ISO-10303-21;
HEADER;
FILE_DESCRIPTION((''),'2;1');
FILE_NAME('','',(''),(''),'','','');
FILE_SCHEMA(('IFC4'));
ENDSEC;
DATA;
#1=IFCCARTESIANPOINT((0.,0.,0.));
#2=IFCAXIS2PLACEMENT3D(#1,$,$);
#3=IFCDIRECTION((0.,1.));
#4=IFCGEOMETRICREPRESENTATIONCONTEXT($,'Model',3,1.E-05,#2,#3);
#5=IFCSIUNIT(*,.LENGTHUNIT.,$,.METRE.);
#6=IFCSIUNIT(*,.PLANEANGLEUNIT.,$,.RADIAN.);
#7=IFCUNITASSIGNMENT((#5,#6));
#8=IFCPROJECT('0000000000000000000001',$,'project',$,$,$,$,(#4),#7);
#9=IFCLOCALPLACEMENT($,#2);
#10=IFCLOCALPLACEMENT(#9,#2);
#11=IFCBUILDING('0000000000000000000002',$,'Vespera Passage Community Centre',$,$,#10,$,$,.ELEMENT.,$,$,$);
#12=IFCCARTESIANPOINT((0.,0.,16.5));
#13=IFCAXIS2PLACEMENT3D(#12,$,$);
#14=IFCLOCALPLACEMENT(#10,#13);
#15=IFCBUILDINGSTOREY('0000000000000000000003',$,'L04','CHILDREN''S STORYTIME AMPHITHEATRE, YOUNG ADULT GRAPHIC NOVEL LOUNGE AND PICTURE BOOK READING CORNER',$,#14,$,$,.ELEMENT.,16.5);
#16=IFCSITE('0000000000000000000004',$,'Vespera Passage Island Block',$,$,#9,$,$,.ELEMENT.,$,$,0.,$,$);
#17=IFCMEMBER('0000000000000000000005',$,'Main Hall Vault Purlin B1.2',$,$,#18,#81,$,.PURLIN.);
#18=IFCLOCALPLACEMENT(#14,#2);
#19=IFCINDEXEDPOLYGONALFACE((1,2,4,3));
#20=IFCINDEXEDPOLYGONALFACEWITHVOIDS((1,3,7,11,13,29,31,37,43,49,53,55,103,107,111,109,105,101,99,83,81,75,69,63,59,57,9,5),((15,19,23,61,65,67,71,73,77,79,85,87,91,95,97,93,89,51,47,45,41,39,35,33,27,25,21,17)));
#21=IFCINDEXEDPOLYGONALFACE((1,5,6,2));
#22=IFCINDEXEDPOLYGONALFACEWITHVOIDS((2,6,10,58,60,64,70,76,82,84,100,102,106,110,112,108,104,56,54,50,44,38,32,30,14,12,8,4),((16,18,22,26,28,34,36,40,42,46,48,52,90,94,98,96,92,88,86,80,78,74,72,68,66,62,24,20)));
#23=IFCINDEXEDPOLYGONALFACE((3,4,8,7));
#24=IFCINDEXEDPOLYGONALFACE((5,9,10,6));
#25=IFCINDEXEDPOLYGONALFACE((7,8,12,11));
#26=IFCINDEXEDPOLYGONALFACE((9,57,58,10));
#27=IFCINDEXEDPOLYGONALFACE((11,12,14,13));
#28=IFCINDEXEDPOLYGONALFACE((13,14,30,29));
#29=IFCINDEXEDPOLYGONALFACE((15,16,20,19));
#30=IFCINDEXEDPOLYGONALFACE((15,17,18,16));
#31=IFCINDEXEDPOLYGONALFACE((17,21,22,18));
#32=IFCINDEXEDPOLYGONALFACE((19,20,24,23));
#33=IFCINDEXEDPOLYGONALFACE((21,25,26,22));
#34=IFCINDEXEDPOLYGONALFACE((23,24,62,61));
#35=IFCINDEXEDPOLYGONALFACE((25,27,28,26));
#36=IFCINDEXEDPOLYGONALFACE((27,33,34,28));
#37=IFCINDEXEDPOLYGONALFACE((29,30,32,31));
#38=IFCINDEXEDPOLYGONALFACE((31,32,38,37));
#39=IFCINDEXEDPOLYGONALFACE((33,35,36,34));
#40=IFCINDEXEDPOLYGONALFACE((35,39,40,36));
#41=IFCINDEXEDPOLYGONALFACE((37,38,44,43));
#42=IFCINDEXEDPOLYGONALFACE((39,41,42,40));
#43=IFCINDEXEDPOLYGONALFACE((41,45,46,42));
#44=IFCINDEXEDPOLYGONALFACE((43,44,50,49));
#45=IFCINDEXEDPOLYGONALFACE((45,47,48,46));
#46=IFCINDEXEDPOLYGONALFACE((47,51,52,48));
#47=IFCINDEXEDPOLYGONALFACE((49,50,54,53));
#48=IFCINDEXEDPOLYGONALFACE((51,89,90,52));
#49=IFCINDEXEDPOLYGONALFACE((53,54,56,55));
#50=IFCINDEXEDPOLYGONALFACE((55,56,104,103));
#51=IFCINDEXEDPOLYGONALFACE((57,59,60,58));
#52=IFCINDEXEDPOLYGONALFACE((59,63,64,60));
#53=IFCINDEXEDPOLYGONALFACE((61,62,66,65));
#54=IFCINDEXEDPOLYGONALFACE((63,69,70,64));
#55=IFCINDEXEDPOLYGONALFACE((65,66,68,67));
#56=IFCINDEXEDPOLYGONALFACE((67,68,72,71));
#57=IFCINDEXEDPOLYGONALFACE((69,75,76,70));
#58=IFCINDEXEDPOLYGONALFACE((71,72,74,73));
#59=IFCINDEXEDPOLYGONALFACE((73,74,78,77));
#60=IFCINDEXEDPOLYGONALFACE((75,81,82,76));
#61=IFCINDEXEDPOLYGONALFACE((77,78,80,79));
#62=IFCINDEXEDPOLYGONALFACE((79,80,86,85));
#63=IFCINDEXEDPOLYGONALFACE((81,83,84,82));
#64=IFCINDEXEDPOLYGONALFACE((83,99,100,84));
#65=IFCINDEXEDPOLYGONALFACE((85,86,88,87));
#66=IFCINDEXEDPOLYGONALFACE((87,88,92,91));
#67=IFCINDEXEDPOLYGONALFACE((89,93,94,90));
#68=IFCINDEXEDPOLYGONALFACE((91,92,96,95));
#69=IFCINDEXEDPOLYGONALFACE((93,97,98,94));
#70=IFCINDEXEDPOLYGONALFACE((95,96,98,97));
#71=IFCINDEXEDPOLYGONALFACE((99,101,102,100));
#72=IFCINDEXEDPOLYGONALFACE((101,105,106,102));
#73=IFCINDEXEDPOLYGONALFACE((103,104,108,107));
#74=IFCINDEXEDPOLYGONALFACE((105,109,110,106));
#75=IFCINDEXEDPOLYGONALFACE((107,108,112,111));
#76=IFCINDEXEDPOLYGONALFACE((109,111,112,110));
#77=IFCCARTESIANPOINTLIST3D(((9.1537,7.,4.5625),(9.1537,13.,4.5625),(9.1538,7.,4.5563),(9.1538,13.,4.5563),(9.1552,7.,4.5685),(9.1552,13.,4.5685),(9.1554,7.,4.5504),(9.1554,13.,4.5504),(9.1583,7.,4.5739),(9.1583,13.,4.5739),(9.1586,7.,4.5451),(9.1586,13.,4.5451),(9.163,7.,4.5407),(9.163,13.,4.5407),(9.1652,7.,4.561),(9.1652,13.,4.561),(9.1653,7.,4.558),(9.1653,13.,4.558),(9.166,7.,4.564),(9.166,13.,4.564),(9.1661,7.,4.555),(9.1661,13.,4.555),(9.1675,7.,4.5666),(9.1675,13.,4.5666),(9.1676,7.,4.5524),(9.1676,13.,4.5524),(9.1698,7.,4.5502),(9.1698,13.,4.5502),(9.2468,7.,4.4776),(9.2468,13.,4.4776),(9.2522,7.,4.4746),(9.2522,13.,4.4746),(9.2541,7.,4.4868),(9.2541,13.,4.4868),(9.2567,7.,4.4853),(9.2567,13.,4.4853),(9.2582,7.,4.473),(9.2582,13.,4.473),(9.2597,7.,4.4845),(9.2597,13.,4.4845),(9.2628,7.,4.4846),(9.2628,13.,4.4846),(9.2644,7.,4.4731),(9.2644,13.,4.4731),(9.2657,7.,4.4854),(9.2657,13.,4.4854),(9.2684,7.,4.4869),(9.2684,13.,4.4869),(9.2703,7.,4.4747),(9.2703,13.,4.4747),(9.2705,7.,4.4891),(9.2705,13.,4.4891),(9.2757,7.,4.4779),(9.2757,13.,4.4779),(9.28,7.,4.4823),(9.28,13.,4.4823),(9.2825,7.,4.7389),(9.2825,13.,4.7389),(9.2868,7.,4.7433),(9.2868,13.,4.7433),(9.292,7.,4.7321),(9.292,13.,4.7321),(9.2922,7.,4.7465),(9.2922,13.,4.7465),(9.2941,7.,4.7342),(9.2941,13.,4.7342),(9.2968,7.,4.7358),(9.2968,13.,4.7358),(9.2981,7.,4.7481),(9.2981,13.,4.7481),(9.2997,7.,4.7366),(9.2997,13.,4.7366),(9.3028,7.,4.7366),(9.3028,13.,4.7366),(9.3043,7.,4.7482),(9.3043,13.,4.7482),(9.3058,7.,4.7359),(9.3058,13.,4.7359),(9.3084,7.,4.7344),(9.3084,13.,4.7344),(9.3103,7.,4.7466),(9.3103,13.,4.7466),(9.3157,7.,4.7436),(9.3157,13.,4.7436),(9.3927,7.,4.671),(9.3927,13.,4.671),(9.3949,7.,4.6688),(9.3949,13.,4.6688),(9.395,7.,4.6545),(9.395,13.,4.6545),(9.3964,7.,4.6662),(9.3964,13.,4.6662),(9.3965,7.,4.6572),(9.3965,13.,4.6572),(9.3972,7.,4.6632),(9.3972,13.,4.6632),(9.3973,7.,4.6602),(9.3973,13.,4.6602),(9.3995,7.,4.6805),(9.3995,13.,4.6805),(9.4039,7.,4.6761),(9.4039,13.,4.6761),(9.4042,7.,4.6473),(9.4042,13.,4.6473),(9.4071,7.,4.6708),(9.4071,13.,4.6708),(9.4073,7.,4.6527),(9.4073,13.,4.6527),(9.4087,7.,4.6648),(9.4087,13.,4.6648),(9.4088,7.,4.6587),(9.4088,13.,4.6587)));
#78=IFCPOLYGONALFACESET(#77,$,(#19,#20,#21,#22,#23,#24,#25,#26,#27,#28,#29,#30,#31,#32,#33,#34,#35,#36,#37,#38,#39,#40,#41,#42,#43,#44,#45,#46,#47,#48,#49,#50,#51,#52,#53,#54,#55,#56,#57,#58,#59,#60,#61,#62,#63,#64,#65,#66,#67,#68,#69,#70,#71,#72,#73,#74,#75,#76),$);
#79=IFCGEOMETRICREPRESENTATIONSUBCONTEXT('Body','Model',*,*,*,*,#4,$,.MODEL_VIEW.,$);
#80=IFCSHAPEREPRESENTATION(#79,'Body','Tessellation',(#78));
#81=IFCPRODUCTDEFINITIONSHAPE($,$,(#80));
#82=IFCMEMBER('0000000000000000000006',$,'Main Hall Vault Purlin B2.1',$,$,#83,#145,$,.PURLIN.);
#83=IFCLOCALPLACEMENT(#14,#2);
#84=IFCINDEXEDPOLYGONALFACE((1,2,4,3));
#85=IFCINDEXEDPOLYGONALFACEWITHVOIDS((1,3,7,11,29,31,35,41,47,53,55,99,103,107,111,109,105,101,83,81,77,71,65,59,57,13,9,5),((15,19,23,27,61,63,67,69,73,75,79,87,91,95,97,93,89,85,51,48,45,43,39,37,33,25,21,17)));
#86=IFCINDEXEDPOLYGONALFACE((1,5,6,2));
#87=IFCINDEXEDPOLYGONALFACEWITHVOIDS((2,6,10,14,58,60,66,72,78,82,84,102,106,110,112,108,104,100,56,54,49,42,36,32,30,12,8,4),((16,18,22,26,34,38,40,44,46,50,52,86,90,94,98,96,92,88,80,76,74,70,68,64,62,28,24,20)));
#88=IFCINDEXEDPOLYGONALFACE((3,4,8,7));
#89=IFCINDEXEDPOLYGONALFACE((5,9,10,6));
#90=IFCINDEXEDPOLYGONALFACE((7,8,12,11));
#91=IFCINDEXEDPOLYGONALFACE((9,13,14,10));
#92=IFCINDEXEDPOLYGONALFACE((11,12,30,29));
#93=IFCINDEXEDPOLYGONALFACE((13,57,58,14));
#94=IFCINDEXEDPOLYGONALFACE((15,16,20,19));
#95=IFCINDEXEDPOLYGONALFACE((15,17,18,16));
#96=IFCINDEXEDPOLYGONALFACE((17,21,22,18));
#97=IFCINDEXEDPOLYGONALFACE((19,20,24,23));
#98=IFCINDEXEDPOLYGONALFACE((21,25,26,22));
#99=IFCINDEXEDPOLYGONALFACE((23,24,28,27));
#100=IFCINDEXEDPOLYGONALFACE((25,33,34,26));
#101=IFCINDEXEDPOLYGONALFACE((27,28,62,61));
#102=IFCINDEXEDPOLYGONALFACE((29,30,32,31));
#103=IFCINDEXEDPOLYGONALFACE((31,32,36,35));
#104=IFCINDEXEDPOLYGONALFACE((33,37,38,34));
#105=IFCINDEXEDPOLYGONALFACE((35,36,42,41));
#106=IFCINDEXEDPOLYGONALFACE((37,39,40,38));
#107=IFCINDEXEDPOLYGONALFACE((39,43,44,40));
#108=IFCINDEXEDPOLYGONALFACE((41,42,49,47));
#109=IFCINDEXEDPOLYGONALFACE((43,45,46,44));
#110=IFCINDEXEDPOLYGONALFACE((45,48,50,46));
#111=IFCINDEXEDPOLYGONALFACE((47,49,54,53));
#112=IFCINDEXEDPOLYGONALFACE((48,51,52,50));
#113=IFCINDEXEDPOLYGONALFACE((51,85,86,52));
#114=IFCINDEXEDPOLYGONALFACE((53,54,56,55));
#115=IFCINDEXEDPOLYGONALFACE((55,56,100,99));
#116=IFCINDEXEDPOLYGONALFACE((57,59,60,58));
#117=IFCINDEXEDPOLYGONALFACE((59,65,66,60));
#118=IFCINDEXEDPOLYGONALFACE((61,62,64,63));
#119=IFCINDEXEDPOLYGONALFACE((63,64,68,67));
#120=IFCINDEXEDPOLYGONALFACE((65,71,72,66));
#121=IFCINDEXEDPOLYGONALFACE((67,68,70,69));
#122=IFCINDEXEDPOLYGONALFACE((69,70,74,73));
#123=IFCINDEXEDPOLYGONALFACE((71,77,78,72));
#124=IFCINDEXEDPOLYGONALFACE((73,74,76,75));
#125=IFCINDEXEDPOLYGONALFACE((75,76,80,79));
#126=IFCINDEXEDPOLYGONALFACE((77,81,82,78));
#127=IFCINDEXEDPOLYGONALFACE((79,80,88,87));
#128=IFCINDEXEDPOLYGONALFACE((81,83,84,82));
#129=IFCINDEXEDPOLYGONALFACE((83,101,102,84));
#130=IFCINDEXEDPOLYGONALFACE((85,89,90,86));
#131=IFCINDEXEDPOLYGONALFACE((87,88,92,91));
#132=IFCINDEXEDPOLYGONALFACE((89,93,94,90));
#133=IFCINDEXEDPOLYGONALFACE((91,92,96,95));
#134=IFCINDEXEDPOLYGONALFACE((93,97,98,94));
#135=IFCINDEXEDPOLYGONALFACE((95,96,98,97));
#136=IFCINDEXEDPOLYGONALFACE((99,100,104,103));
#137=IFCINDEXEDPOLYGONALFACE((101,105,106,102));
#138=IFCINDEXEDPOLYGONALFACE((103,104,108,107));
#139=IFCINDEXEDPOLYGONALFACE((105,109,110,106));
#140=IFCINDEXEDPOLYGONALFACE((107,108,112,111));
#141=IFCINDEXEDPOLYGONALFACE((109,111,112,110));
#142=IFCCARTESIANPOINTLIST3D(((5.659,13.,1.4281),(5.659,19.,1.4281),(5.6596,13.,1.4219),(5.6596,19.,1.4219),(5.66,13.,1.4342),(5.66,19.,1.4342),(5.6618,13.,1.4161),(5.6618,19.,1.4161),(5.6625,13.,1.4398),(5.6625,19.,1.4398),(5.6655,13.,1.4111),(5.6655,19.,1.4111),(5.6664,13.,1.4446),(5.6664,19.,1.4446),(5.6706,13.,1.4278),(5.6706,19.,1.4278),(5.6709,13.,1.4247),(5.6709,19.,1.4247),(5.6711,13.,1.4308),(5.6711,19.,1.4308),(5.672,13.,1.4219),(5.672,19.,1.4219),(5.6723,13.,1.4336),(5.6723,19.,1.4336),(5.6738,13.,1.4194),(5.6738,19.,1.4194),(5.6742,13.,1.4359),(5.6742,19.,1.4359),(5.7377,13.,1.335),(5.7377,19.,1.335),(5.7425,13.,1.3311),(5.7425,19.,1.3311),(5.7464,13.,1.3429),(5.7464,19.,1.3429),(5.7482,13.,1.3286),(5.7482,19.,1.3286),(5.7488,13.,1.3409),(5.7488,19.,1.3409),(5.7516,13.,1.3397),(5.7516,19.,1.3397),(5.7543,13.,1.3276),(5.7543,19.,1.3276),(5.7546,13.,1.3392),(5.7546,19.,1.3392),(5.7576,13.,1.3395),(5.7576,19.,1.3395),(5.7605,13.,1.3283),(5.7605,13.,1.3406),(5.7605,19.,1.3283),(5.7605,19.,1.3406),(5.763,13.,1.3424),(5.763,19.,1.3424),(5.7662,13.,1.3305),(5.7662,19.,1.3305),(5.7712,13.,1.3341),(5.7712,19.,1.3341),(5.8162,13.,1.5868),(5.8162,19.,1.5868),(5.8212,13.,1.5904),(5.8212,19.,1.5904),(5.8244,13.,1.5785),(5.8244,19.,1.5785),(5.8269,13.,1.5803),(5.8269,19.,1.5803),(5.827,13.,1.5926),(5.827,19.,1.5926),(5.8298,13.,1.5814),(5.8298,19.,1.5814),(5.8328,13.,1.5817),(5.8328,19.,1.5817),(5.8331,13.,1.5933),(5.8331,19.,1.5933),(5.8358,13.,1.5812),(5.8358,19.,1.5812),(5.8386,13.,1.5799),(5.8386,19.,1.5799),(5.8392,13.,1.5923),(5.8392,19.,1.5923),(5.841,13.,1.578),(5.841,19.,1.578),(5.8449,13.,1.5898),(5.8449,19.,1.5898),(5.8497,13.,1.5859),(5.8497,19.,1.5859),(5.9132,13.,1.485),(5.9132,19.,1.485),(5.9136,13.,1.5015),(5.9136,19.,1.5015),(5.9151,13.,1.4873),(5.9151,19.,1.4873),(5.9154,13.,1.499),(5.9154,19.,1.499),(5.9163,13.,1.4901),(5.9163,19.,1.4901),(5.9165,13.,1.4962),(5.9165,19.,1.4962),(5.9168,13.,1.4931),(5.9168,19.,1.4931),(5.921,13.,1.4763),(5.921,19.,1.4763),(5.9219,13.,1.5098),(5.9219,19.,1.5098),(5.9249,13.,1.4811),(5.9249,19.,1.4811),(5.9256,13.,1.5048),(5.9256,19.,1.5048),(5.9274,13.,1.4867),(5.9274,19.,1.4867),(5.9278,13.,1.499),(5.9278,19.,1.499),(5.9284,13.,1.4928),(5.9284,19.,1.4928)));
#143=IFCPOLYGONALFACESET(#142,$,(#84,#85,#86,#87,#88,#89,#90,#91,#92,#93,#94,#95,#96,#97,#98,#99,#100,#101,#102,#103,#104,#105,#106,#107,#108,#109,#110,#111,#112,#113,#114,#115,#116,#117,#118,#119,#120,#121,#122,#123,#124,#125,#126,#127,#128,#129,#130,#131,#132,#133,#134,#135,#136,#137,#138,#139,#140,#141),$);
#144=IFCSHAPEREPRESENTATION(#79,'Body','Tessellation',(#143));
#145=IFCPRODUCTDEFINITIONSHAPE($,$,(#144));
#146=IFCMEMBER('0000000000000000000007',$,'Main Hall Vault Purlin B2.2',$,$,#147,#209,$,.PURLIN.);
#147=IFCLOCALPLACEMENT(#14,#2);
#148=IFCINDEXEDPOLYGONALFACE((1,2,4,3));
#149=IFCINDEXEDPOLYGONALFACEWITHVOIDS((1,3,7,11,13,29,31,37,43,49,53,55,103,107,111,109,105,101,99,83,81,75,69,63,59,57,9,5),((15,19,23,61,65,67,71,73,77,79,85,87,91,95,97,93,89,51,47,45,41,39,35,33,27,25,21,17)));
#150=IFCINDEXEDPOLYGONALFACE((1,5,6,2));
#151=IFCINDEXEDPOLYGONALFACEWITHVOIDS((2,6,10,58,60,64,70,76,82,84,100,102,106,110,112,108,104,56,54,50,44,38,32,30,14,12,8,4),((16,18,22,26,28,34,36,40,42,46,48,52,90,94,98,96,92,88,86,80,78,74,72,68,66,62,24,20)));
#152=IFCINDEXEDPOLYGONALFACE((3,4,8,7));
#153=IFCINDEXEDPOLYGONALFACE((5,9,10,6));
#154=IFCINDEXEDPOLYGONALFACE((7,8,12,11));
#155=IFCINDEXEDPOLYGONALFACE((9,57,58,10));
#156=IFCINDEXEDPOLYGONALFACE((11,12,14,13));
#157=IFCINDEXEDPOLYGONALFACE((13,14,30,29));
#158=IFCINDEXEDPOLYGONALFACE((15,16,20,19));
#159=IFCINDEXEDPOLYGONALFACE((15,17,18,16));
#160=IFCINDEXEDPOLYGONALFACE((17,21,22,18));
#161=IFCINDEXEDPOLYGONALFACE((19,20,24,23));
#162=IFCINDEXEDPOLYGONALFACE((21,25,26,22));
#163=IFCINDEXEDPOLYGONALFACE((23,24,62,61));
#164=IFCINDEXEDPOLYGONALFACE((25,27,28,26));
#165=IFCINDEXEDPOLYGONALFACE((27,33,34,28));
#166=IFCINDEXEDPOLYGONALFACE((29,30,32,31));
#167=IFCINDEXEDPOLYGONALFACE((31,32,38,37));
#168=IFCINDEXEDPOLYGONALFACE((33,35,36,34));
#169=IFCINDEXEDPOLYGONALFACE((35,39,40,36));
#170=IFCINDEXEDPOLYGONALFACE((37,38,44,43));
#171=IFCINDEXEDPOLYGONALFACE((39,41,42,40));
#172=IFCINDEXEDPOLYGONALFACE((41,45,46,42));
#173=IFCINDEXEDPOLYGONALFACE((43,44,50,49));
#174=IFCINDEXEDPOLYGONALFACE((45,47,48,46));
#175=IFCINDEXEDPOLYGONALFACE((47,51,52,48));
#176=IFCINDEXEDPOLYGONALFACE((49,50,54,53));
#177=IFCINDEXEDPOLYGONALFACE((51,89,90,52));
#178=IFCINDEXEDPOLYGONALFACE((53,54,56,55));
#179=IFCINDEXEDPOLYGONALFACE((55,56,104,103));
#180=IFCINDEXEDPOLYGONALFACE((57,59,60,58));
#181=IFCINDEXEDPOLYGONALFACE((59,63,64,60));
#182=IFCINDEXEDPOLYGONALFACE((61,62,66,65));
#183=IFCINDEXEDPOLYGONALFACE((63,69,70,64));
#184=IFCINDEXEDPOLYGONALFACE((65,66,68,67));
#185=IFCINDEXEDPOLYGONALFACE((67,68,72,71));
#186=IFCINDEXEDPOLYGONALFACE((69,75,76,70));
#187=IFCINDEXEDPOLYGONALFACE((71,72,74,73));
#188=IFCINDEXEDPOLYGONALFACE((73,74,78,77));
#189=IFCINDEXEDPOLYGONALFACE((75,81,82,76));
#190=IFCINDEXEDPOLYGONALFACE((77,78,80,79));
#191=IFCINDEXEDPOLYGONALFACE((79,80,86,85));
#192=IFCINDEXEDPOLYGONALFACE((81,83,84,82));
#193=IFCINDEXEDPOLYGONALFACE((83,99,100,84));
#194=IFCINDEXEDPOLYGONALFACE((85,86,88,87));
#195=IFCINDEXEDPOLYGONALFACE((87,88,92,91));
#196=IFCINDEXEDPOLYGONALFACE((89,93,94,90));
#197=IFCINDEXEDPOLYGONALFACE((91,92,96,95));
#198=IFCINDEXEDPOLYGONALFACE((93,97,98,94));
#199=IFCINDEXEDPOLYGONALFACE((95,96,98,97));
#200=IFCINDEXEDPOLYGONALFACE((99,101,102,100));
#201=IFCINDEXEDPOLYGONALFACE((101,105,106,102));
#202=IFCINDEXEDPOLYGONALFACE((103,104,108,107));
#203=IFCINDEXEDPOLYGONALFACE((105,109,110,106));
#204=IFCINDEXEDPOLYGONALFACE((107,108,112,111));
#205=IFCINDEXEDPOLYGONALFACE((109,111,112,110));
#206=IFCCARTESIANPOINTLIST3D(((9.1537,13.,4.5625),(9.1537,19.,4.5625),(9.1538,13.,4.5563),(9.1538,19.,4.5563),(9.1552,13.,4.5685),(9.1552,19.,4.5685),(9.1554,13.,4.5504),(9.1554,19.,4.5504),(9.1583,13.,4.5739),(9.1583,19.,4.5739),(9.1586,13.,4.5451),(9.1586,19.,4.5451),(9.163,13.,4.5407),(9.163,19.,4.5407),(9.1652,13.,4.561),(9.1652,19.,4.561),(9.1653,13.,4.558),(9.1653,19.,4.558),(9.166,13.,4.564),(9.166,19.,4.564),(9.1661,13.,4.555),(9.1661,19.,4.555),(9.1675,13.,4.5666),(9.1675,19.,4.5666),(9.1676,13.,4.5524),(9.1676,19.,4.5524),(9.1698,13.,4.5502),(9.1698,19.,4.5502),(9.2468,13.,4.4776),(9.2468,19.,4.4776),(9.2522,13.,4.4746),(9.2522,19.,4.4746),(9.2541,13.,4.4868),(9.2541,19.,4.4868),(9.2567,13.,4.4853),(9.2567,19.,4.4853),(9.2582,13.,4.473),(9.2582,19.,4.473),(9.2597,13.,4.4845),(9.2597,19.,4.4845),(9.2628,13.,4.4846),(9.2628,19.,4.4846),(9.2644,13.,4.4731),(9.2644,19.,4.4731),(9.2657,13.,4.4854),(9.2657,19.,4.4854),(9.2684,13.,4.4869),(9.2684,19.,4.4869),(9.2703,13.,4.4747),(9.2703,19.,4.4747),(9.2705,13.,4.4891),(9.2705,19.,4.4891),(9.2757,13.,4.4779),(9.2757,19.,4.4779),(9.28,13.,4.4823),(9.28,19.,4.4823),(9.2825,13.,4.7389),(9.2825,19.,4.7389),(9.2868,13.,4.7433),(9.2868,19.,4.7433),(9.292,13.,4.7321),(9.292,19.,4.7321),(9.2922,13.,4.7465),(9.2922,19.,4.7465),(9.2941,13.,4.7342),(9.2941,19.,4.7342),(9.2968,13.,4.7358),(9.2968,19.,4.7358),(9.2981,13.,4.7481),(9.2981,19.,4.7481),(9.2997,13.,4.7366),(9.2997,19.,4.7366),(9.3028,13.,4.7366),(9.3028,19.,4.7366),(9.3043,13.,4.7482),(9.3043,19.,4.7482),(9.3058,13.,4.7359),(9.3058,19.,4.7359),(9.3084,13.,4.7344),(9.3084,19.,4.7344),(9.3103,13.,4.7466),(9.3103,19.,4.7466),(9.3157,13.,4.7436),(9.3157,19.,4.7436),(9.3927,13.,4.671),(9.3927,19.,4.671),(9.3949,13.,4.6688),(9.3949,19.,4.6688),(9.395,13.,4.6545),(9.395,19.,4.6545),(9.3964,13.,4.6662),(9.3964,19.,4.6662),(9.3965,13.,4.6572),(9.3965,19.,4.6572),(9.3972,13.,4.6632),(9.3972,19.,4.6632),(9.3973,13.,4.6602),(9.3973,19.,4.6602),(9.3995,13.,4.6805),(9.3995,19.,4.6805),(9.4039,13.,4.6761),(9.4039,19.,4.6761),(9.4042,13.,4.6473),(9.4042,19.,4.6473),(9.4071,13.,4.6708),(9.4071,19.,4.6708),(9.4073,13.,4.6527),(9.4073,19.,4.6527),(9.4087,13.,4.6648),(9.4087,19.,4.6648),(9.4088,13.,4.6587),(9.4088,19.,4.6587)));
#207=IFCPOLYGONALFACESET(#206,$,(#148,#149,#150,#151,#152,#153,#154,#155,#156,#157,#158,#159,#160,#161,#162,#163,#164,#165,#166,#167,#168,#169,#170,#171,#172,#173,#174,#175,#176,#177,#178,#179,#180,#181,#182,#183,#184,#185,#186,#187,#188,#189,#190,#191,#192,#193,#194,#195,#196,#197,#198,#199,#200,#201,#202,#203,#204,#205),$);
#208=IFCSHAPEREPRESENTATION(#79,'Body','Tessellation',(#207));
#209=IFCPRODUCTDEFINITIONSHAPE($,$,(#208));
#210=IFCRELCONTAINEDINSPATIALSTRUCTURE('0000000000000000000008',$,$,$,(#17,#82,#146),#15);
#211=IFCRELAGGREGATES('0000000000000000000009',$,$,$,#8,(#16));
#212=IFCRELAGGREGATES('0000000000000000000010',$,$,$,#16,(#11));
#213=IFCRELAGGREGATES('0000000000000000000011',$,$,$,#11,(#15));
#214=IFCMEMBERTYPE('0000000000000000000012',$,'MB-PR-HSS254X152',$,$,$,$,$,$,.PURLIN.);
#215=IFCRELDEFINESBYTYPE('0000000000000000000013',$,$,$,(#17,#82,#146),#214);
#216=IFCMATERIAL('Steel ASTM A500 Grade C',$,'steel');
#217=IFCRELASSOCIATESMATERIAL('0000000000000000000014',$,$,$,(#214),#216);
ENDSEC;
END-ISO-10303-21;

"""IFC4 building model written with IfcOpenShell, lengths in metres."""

from ifc_helpers import new_model, si_unit, direction, frame, origin, origin_2d, place, context, subcontext, project, spatial, hollow_rectangle, extrude, material, material_profile, profile_set, type_object, element, save


model = new_model("IFC4")

# Units and contexts
model_context = context("Model", 3, precision=1e-05, world=origin(), true_north=direction((0.0, 1.0)))
body_context = subcontext(model_context, "Body", "Model", "MODEL_VIEW")
ifc_project = project(units=[si_unit("LENGTHUNIT", "METRE"), si_unit("PLANEANGLEUNIT", "RADIAN")], contexts=[model_context])

# Site, building, storey
site_placement = place(None, origin())
site = spatial("IfcSite", under=ifc_project, at=site_placement, Name="Vespera Passage Island Block", CompositionType="ELEMENT", RefElevation=0.0)
building_placement = place(site_placement, origin())
building = spatial("IfcBuilding", under=site, at=building_placement, Name="Vespera Passage Community Centre", CompositionType="ELEMENT")
storey_placement = place(building_placement, frame((0.0, 0.0, 16.5)))
storey = spatial("IfcBuildingStorey", under=building, at=storey_placement, Name="L04", Description="CHILDREN'S STORYTIME AMPHITHEATRE, YOUNG ADULT GRAPHIC NOVEL LOUNGE AND PICTURE BOOK READING CORNER", CompositionType="ELEMENT", Elevation=16.5)

# Members
ifc_material_1 = material(Name="Steel ASTM A500 Grade C", Category="steel")
ifc_material_profile_1 = material_profile(ifc_material_1, hollow_rectangle(XDim=0.1523, YDim=0.2539, WallThickness=0.0117, InnerFilletRadius=0.0117, OuterFilletRadius=0.0237, at=origin_2d()), Name="HSS254X152X12.7")
ifc_profile_set_1 = profile_set([ifc_material_profile_1], Name="Steel ASTM A500 Grade C")
member_type_1 = type_object("IfcMemberType", Name="MB-PR-HSS254X152", PredefinedType="PURLIN", material=ifc_profile_set_1)
for number, where, z_axis, x_axis, name in (
    (1, (9.2812, 7.0, 4.6106), (0.0, 1.0, 0.0), (-0.798972, 0.0, 0.601369), "Main Hall Vault Purlin B1.2"),
    (2, (5.7937, 13.0, 1.4604), (0.0, 1.0, 0.0), (-0.688355, 0.0, 0.725374), "Main Hall Vault Purlin B2.1"),
    (3, (9.2812, 13.0, 4.6106), (0.0, 1.0, 0.0), (-0.798972, 0.0, 0.601369), "Main Hall Vault Purlin B2.2"),
):
    element("IfcMember", number, at=place(storey_placement, frame(where, z_axis=z_axis, x_axis=x_axis)), inside=storey, type_object=member_type_1, Name=name, PredefinedType="PURLIN", context=body_context, shape_type="SweptSolid", body=[
        extrude(hollow_rectangle(XDim=0.1523, YDim=0.2539, WallThickness=0.0117, InnerFilletRadius=0.0117, OuterFilletRadius=0.0237, at=origin_2d()), origin(), (0.0, 0.0, 1.0), 6.0),
    ])

save(model, "model.ifc")
